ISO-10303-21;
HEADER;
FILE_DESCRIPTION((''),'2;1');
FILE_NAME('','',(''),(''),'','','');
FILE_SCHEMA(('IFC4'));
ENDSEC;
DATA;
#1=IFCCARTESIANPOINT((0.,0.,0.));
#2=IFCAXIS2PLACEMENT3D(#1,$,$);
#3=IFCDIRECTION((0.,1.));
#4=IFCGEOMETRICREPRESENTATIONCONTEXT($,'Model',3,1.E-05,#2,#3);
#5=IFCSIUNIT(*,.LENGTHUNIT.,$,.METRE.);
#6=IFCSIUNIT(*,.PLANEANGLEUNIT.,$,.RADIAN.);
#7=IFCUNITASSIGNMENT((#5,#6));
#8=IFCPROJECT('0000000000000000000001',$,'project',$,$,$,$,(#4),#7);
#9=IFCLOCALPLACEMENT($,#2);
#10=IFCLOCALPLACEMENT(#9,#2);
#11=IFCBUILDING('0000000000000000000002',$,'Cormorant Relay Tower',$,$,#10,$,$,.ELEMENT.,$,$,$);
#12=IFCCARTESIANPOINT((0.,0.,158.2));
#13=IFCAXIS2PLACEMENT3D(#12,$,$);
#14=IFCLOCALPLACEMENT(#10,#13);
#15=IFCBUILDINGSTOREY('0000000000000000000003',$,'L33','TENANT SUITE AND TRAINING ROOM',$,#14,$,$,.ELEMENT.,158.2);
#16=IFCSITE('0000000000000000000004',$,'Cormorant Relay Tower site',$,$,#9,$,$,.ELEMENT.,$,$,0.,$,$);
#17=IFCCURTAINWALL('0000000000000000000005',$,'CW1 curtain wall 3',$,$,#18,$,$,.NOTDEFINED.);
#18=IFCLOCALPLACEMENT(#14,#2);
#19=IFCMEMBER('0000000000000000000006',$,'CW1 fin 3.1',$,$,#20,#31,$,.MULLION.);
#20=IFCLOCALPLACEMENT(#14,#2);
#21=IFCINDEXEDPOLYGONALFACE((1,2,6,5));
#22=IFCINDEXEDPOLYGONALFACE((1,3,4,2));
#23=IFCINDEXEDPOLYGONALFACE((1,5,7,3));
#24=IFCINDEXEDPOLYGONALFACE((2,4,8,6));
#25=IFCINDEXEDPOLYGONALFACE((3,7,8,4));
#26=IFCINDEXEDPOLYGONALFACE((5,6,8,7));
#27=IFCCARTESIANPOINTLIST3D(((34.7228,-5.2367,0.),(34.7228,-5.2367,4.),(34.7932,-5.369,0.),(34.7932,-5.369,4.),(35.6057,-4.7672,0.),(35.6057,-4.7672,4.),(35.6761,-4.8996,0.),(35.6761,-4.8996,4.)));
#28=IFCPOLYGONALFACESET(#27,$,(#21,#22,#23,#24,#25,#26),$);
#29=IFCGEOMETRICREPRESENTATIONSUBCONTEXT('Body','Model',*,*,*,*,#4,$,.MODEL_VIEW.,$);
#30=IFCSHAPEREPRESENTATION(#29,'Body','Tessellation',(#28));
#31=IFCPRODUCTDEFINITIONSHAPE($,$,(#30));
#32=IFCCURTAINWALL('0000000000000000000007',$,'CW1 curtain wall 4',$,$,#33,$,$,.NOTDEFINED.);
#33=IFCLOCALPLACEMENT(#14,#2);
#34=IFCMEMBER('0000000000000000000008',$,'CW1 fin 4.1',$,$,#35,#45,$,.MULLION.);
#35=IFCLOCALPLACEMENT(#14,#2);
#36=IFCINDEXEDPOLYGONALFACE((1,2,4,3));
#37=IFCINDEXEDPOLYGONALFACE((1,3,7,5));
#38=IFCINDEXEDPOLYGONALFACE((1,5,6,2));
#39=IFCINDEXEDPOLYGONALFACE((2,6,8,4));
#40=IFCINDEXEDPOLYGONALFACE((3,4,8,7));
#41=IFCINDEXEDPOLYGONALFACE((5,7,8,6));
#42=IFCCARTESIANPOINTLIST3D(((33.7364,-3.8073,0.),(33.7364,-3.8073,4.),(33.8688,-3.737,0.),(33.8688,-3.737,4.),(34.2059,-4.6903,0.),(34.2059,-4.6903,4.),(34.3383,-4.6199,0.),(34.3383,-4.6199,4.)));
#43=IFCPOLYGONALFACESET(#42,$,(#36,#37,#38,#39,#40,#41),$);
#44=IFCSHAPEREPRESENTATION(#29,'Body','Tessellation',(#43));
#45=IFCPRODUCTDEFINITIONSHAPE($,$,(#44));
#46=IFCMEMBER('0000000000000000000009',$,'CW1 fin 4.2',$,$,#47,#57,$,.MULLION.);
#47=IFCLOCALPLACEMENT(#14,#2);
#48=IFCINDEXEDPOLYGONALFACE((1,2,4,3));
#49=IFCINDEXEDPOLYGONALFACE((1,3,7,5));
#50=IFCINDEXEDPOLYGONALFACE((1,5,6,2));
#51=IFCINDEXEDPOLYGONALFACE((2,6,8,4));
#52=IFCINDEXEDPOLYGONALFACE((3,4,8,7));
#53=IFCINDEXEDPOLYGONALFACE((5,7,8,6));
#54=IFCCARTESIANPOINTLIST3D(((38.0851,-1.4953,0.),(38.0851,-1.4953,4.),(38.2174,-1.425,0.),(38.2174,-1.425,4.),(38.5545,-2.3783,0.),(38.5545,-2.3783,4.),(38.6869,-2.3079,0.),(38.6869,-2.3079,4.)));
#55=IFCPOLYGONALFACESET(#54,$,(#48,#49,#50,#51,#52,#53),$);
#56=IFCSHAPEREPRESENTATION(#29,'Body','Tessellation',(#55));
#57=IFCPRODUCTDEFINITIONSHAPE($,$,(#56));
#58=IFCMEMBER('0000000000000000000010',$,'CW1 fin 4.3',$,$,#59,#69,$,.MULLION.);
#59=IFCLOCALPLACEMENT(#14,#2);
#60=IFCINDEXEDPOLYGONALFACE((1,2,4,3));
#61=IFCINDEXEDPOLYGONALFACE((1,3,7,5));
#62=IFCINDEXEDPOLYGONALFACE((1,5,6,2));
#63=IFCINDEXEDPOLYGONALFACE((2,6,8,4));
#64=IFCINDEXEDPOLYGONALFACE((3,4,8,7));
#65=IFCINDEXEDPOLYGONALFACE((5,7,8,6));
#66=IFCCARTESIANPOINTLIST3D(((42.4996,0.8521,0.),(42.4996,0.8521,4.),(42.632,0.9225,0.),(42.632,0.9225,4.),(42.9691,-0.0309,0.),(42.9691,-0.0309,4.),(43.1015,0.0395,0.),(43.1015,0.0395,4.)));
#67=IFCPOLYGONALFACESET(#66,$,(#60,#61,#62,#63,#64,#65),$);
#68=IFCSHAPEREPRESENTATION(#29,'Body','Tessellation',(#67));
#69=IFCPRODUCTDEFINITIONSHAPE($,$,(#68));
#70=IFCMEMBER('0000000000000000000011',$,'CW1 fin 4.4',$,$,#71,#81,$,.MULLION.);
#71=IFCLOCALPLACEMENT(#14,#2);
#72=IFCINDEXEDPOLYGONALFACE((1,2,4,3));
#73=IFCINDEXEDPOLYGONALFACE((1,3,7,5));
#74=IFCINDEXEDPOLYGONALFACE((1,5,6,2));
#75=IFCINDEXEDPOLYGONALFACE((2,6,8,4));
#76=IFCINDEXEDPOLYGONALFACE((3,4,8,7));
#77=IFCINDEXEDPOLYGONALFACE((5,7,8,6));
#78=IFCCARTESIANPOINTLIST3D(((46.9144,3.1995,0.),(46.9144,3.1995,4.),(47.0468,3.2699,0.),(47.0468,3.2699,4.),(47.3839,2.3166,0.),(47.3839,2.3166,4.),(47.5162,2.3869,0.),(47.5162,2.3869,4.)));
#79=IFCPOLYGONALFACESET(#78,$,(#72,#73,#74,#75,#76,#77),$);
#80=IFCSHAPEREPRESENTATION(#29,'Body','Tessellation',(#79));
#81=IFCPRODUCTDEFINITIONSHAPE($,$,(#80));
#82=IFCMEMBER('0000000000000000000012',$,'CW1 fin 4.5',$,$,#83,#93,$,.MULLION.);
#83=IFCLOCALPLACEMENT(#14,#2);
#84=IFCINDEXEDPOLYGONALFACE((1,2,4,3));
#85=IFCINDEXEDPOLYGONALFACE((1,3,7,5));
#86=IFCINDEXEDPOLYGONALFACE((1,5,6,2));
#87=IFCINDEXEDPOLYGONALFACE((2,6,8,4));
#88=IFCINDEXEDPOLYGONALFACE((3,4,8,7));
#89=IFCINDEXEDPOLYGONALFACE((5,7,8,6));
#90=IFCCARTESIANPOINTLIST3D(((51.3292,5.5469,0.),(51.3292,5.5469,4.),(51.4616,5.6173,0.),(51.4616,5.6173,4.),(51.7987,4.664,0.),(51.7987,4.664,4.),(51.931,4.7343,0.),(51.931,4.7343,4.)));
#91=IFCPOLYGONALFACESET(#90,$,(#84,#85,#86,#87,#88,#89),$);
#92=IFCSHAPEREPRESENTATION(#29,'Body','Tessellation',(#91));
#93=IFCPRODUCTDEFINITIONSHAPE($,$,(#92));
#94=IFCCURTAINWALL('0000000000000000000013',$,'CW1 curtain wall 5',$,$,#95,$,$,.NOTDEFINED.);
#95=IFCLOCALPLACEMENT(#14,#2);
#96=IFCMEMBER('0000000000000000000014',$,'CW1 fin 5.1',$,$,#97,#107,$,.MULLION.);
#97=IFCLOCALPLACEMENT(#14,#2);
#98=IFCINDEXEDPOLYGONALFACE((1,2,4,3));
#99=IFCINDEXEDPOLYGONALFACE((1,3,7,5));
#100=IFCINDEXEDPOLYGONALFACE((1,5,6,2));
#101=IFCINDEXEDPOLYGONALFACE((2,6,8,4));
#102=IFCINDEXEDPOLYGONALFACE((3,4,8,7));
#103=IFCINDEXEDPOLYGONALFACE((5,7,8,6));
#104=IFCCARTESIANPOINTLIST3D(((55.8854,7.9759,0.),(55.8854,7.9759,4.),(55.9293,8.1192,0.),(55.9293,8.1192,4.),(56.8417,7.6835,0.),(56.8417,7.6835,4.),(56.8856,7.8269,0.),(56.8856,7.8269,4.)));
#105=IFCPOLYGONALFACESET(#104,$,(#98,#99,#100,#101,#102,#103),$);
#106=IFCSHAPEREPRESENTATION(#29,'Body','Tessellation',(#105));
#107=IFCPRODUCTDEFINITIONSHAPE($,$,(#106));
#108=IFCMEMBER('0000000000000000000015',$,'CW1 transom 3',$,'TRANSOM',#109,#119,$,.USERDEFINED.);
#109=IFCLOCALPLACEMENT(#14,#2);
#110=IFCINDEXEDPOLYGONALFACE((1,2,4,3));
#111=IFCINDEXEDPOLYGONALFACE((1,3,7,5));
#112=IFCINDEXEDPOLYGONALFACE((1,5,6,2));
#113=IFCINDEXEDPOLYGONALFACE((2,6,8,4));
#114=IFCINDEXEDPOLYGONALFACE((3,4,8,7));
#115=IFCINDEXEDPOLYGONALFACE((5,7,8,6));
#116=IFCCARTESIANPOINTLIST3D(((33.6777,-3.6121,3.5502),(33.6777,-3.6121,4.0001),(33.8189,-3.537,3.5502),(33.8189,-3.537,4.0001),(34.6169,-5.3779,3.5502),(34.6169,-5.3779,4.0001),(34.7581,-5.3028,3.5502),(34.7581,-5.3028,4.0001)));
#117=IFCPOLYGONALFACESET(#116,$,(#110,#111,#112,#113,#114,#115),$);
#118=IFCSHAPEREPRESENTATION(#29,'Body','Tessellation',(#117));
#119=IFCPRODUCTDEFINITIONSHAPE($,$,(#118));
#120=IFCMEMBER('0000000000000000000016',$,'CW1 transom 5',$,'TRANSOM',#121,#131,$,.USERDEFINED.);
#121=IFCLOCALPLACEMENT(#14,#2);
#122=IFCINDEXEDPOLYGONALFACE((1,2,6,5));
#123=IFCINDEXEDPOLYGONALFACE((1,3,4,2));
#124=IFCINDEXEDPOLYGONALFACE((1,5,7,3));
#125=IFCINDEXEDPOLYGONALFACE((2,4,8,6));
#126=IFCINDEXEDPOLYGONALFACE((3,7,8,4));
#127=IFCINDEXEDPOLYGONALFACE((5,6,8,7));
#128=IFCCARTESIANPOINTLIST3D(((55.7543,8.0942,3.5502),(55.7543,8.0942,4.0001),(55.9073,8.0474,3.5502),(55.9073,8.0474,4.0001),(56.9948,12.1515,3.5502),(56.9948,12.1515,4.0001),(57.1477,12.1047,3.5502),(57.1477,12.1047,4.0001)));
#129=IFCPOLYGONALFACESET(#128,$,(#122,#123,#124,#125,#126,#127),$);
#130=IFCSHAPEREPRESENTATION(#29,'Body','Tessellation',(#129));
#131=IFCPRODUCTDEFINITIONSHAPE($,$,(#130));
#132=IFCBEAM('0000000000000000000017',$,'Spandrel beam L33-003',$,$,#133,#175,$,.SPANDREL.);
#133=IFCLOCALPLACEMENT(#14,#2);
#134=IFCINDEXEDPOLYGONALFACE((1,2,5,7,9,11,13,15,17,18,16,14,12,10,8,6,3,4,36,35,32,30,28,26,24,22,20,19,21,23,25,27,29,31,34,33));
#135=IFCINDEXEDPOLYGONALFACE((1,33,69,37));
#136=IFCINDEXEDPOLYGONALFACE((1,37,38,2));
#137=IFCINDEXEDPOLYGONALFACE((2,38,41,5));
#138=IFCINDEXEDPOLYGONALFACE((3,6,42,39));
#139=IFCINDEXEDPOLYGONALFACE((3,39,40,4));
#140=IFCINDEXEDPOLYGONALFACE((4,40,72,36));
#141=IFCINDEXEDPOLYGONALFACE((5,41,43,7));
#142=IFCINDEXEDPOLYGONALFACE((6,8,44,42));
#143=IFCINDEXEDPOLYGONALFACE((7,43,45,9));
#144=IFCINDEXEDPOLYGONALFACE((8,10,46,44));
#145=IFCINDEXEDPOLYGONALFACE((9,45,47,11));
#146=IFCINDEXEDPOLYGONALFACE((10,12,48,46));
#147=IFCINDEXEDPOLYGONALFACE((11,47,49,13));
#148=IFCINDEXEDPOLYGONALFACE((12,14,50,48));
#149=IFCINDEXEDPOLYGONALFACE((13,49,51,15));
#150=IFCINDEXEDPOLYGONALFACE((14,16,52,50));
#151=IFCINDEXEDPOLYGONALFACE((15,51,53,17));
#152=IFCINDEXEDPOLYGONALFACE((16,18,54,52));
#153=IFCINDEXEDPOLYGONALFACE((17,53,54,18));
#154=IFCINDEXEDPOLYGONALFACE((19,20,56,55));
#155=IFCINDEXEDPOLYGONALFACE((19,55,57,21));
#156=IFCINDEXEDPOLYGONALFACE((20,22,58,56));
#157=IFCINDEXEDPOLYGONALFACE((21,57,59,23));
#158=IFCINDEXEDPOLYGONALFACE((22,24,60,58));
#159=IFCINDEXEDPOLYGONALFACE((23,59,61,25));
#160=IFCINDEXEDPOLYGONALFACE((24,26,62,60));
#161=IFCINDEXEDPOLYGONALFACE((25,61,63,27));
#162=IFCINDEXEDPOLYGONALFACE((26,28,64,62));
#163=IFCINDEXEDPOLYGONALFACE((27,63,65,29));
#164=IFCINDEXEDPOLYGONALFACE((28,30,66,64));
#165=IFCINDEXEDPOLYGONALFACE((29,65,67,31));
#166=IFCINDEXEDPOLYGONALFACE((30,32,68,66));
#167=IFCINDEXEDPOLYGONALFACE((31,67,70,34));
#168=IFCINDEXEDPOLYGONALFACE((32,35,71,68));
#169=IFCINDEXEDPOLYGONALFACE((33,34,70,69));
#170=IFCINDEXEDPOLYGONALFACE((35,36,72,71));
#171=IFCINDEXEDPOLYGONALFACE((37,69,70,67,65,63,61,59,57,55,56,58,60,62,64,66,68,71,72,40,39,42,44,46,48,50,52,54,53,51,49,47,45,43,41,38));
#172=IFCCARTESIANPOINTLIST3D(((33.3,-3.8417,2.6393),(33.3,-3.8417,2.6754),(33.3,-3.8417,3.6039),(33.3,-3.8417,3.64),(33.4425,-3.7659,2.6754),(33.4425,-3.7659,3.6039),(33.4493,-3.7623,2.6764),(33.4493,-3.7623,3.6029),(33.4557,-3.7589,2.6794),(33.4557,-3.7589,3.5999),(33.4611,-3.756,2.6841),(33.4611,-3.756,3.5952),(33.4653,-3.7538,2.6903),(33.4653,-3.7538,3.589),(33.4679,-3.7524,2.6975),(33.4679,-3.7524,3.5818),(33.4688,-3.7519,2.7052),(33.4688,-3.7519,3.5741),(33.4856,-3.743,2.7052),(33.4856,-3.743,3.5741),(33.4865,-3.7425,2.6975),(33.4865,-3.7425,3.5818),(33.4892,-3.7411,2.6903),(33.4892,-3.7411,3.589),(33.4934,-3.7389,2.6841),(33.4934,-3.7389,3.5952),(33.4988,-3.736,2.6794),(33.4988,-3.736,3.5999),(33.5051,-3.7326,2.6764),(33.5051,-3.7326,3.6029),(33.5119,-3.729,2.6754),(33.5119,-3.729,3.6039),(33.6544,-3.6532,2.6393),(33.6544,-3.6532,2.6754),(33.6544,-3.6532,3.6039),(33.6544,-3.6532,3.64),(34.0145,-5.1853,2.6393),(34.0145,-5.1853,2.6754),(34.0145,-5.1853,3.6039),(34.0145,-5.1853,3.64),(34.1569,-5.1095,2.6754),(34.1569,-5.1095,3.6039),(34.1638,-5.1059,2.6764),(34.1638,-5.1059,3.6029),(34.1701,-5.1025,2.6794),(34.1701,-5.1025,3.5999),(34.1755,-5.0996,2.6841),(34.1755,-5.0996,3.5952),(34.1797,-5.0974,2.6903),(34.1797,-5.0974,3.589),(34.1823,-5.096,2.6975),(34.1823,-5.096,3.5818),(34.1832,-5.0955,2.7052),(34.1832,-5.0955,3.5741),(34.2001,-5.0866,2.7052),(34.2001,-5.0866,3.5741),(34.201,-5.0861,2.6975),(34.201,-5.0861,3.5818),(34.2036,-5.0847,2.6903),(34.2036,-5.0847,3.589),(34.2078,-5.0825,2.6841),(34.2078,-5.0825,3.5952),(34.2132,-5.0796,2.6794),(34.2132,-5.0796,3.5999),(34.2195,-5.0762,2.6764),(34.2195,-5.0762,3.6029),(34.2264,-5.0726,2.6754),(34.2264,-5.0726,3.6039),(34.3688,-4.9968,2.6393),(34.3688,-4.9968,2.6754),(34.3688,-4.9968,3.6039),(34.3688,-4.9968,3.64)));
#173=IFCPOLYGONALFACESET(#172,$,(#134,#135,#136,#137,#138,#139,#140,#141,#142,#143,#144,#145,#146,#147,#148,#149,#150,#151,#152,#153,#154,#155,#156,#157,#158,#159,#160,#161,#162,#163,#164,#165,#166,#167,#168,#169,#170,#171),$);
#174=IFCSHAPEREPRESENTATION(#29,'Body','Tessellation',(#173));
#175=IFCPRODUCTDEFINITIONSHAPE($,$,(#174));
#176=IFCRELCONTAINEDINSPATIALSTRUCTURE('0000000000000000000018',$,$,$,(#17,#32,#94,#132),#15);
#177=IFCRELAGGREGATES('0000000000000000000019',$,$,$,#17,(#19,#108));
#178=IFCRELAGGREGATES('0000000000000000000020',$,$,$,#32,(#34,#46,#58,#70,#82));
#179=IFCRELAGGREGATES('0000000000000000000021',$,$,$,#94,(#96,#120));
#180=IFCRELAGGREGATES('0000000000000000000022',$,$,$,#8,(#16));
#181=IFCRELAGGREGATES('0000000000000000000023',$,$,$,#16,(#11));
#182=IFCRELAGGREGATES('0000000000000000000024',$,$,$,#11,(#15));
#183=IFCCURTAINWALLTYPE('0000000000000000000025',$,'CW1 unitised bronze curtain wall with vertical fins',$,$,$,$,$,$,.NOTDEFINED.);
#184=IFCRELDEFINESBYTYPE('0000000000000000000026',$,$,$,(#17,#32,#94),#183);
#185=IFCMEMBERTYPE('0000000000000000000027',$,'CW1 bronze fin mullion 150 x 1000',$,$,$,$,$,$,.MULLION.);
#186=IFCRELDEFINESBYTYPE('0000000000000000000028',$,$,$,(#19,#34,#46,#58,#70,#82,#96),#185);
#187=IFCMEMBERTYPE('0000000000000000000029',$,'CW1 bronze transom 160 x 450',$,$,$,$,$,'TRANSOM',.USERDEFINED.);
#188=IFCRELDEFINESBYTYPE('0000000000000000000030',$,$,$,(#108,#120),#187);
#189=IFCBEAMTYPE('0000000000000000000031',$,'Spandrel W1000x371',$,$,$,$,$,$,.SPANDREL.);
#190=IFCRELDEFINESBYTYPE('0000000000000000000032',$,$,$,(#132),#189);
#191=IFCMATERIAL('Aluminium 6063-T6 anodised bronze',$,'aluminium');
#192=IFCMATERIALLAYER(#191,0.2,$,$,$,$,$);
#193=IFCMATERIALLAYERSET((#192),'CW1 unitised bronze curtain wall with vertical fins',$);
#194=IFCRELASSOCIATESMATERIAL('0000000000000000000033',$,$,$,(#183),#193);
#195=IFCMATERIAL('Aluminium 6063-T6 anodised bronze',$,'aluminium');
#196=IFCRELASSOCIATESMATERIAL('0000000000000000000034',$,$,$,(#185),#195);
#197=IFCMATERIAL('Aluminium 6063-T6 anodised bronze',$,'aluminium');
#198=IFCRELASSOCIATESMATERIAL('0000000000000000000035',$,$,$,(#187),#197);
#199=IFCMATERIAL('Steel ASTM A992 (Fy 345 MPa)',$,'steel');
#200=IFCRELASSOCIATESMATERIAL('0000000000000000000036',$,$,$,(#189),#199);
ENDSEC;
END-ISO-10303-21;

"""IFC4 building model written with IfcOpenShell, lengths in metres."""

from ifc_helpers import new_model, si_unit, direction, frame, origin, origin_2d, place, context, subcontext, project, spatial, rectangle, i_section, extrude, material, layer, layer_set, material_profile, profile_set, type_object, element, aggregate, save


model = new_model("IFC4")

# Units and contexts
model_context = context("Model", 3, precision=1e-05, world=origin(), true_north=direction((0.0, 1.0)))
body_context = subcontext(model_context, "Body", "Model", "MODEL_VIEW")
ifc_project = project(units=[si_unit("LENGTHUNIT", "METRE"), si_unit("PLANEANGLEUNIT", "RADIAN")], contexts=[model_context])

# Site, building, storey
site_placement = place(None, origin())
site = spatial("IfcSite", under=ifc_project, at=site_placement, Name="Cormorant Relay Tower site", CompositionType="ELEMENT", RefElevation=0.0)
building_placement = place(site_placement, origin())
building = spatial("IfcBuilding", under=site, at=building_placement, Name="Cormorant Relay Tower", CompositionType="ELEMENT")
storey_placement = place(building_placement, frame((0.0, 0.0, 158.2)))
storey = spatial("IfcBuildingStorey", under=building, at=storey_placement, Name="L33", Description="TENANT SUITE AND TRAINING ROOM", CompositionType="ELEMENT", Elevation=158.2)

# Curtain wall, member
ifc_material_1 = material(Name="Aluminium 6063-T6 anodised bronze", Category="aluminium")
ifc_layer_1 = layer(ifc_material_1, 0.2)
ifc_layer_set_1 = layer_set([ifc_layer_1], Name="CW1 unitised bronze curtain wall with vertical fins")
curtain_wall_type = type_object("IfcCurtainWallType", Name="CW1 unitised bronze curtain wall with vertical fins", PredefinedType="NOTDEFINED", material=ifc_layer_set_1)
curtain_wall_1_placement = place(storey_placement, origin())
curtain_wall_1 = element("IfcCurtainWall", 1, at=curtain_wall_1_placement, inside=storey, type_object=curtain_wall_type, Name="CW1 curtain wall 3", PredefinedType="NOTDEFINED")
ifc_material_2 = material(Name="Aluminium 6063-T6 anodised bronze", Category="aluminium")
ifc_material_profile_1 = material_profile(ifc_material_2, rectangle(XDim=0.1499, YDim=1.0, at=origin_2d()), Name="AL 150x1000")
ifc_profile_set_1 = profile_set([ifc_material_profile_1], Name="Aluminium 6063-T6 anodised bronze")
member_type_1 = type_object("IfcMemberType", Name="CW1 bronze fin mullion 150 x 1000", PredefinedType="MULLION", material=ifc_profile_set_1)
member_1_placement = place(storey_placement, frame((35.1995, -5.0681, 0.0), z_axis=(0.0, 0.0, 1.0), x_axis=(-0.469472, 0.882948, 0.0)))
member_1 = element("IfcMember", 2, at=member_1_placement, type_object=member_type_1, Name="CW1 fin 3.1", PredefinedType="MULLION", context=body_context, shape_type="SweptSolid", body=[
    extrude(rectangle(XDim=0.1499, YDim=1.0, at=origin_2d()), origin(), (0.0, 0.0, 1.0), 4.0),
])

# Curtain wall, members
curtain_wall_2_placement = place(storey_placement, origin())
curtain_wall_2 = element("IfcCurtainWall", 3, at=curtain_wall_2_placement, inside=storey, type_object=curtain_wall_type, Name="CW1 curtain wall 4", PredefinedType="NOTDEFINED")
member_2_placement = place(storey_placement, frame((34.0374, -4.2136, 0.0), z_axis=(0.0, 0.0, 1.0), x_axis=(0.882948, 0.469472, 0.0)))
member_2 = element("IfcMember", 4, at=member_2_placement, type_object=member_type_1, Name="CW1 fin 4.1", PredefinedType="MULLION", context=body_context, shape_type="SweptSolid", body=[
    extrude(rectangle(XDim=0.1499, YDim=1.0, at=origin_2d()), origin(), (0.0, 0.0, 1.0), 4.0),
])
member_3_placement = place(storey_placement, frame((38.386, -1.9016, 0.0), z_axis=(0.0, 0.0, 1.0), x_axis=(0.882948, 0.469472, 0.0)))
member_3 = element("IfcMember", 5, at=member_3_placement, type_object=member_type_1, Name="CW1 fin 4.2", PredefinedType="MULLION", context=body_context, shape_type="SweptSolid", body=[
    extrude(rectangle(XDim=0.1499, YDim=1.0, at=origin_2d()), origin(), (0.0, 0.0, 1.0), 4.0),
])
member_4_placement = place(storey_placement, frame((42.8005, 0.4458, 0.0), z_axis=(0.0, 0.0, 1.0), x_axis=(0.882948, 0.469472, 0.0)))
member_4 = element("IfcMember", 6, at=member_4_placement, type_object=member_type_1, Name="CW1 fin 4.3", PredefinedType="MULLION", context=body_context, shape_type="SweptSolid", body=[
    extrude(rectangle(XDim=0.1499, YDim=1.0, at=origin_2d()), origin(), (0.0, 0.0, 1.0), 4.0),
])
member_5_placement = place(storey_placement, frame((47.2153, 2.7932, 0.0), z_axis=(0.0, 0.0, 1.0), x_axis=(0.882948, 0.469472, 0.0)))
member_5 = element("IfcMember", 7, at=member_5_placement, type_object=member_type_1, Name="CW1 fin 4.4", PredefinedType="MULLION", context=body_context, shape_type="SweptSolid", body=[
    extrude(rectangle(XDim=0.1499, YDim=1.0, at=origin_2d()), origin(), (0.0, 0.0, 1.0), 4.0),
])
member_6_placement = place(storey_placement, frame((51.6301, 5.1406, 0.0), z_axis=(0.0, 0.0, 1.0), x_axis=(0.882948, 0.469472, 0.0)))
member_6 = element("IfcMember", 8, at=member_6_placement, type_object=member_type_1, Name="CW1 fin 4.5", PredefinedType="MULLION", context=body_context, shape_type="SweptSolid", body=[
    extrude(rectangle(XDim=0.1499, YDim=1.0, at=origin_2d()), origin(), (0.0, 0.0, 1.0), 4.0),
])

# Curtain wall, member
curtain_wall_3_placement = place(storey_placement, origin())
curtain_wall_3 = element("IfcCurtainWall", 9, at=curtain_wall_3_placement, inside=storey, type_object=curtain_wall_type, Name="CW1 curtain wall 5", PredefinedType="NOTDEFINED")
member_7_placement = place(storey_placement, frame((56.3855, 7.9014, 0.0), z_axis=(0.0, 0.0, 1.0), x_axis=(0.292372, 0.956305, 0.0)))
member_7 = element("IfcMember", 10, at=member_7_placement, type_object=member_type_1, Name="CW1 fin 5.1", PredefinedType="MULLION", context=body_context, shape_type="SweptSolid", body=[
    extrude(rectangle(XDim=0.1499, YDim=1.0, at=origin_2d()), origin(), (0.0, 0.0, 1.0), 4.0),
])

# Members
ifc_material_3 = material(Name="Aluminium 6063-T6 anodised bronze", Category="aluminium")
ifc_material_profile_2 = material_profile(ifc_material_3, rectangle(XDim=0.1599, YDim=0.45, at=origin_2d()), Name="AL 160x450")
ifc_profile_set_2 = profile_set([ifc_material_profile_2], Name="Aluminium 6063-T6 anodised bronze")
member_type_2 = type_object("IfcMemberType", Name="CW1 bronze transom 160 x 450", ElementType="TRANSOM", PredefinedType="USERDEFINED", material=ifc_profile_set_2)
member_8_placement = place(storey_placement, frame((34.6875, -5.3403, 3.7751), z_axis=(-0.469581, 0.88289, 0.0), x_axis=(-0.88289, -0.469581, 0.0)))
member_8 = element("IfcMember", 11, at=member_8_placement, type_object=member_type_2, Name="CW1 transom 3", ObjectType="TRANSOM", PredefinedType="USERDEFINED", context=body_context, shape_type="SweptSolid", body=[
    extrude(rectangle(XDim=0.1599, YDim=0.45, at=origin_2d()), origin(), (0.0, 0.0, 1.0), 2.0),
])
member_9_placement = place(storey_placement, frame((55.8308, 8.0708, 3.7751), z_axis=(0.292375, 0.956304, 0.0), x_axis=(-0.956304, 0.292375, 0.0)))
member_9 = element("IfcMember", 12, at=member_9_placement, type_object=member_type_2, Name="CW1 transom 5", ObjectType="TRANSOM", PredefinedType="USERDEFINED", context=body_context, shape_type="SweptSolid", body=[
    extrude(rectangle(XDim=0.1599, YDim=0.45, at=origin_2d()), origin(), (0.0, 0.0, 1.0), 4.2427),
])

# Beam
ifc_material_4 = material(Name="Steel ASTM A992 (Fy 345 MPa)", Category="steel")
ifc_material_profile_3 = material_profile(ifc_material_4, i_section(OverallWidth=0.4014, OverallDepth=1.0007, WebThickness=0.019, FlangeThickness=0.0361, FilletRadius=0.0298, at=origin_2d()), Name="W1000x371")
ifc_profile_set_3 = profile_set([ifc_material_profile_3], Name="Steel ASTM A992 (Fy 345 MPa)")
beam_type = type_object("IfcBeamType", Name="Spandrel W1000x371", PredefinedType="SPANDREL", material=ifc_profile_set_3)
beam_1_placement = place(storey_placement, frame((34.1917, -5.0911, 3.1396), z_axis=(-0.469472, 0.882947, 0.0), x_axis=(-0.882947, -0.469472, 0.0)))
element("IfcBeam", 13, at=beam_1_placement, inside=storey, type_object=beam_type, Name="Spandrel beam L33-003", PredefinedType="SPANDREL", context=body_context, shape_type="SweptSolid", body=[
    extrude(i_section(OverallWidth=0.4014, OverallDepth=1.0007, WebThickness=0.019, FlangeThickness=0.0361, FilletRadius=0.0298, at=origin_2d()), origin(), (0.0, 0.0, 1.0), 1.5217),
])

aggregate(curtain_wall_1, [member_1, member_8])
aggregate(curtain_wall_2, [member_2, member_3, member_4, member_5, member_6])
aggregate(curtain_wall_3, [member_7, member_9])

save(model, "model.ifc")
